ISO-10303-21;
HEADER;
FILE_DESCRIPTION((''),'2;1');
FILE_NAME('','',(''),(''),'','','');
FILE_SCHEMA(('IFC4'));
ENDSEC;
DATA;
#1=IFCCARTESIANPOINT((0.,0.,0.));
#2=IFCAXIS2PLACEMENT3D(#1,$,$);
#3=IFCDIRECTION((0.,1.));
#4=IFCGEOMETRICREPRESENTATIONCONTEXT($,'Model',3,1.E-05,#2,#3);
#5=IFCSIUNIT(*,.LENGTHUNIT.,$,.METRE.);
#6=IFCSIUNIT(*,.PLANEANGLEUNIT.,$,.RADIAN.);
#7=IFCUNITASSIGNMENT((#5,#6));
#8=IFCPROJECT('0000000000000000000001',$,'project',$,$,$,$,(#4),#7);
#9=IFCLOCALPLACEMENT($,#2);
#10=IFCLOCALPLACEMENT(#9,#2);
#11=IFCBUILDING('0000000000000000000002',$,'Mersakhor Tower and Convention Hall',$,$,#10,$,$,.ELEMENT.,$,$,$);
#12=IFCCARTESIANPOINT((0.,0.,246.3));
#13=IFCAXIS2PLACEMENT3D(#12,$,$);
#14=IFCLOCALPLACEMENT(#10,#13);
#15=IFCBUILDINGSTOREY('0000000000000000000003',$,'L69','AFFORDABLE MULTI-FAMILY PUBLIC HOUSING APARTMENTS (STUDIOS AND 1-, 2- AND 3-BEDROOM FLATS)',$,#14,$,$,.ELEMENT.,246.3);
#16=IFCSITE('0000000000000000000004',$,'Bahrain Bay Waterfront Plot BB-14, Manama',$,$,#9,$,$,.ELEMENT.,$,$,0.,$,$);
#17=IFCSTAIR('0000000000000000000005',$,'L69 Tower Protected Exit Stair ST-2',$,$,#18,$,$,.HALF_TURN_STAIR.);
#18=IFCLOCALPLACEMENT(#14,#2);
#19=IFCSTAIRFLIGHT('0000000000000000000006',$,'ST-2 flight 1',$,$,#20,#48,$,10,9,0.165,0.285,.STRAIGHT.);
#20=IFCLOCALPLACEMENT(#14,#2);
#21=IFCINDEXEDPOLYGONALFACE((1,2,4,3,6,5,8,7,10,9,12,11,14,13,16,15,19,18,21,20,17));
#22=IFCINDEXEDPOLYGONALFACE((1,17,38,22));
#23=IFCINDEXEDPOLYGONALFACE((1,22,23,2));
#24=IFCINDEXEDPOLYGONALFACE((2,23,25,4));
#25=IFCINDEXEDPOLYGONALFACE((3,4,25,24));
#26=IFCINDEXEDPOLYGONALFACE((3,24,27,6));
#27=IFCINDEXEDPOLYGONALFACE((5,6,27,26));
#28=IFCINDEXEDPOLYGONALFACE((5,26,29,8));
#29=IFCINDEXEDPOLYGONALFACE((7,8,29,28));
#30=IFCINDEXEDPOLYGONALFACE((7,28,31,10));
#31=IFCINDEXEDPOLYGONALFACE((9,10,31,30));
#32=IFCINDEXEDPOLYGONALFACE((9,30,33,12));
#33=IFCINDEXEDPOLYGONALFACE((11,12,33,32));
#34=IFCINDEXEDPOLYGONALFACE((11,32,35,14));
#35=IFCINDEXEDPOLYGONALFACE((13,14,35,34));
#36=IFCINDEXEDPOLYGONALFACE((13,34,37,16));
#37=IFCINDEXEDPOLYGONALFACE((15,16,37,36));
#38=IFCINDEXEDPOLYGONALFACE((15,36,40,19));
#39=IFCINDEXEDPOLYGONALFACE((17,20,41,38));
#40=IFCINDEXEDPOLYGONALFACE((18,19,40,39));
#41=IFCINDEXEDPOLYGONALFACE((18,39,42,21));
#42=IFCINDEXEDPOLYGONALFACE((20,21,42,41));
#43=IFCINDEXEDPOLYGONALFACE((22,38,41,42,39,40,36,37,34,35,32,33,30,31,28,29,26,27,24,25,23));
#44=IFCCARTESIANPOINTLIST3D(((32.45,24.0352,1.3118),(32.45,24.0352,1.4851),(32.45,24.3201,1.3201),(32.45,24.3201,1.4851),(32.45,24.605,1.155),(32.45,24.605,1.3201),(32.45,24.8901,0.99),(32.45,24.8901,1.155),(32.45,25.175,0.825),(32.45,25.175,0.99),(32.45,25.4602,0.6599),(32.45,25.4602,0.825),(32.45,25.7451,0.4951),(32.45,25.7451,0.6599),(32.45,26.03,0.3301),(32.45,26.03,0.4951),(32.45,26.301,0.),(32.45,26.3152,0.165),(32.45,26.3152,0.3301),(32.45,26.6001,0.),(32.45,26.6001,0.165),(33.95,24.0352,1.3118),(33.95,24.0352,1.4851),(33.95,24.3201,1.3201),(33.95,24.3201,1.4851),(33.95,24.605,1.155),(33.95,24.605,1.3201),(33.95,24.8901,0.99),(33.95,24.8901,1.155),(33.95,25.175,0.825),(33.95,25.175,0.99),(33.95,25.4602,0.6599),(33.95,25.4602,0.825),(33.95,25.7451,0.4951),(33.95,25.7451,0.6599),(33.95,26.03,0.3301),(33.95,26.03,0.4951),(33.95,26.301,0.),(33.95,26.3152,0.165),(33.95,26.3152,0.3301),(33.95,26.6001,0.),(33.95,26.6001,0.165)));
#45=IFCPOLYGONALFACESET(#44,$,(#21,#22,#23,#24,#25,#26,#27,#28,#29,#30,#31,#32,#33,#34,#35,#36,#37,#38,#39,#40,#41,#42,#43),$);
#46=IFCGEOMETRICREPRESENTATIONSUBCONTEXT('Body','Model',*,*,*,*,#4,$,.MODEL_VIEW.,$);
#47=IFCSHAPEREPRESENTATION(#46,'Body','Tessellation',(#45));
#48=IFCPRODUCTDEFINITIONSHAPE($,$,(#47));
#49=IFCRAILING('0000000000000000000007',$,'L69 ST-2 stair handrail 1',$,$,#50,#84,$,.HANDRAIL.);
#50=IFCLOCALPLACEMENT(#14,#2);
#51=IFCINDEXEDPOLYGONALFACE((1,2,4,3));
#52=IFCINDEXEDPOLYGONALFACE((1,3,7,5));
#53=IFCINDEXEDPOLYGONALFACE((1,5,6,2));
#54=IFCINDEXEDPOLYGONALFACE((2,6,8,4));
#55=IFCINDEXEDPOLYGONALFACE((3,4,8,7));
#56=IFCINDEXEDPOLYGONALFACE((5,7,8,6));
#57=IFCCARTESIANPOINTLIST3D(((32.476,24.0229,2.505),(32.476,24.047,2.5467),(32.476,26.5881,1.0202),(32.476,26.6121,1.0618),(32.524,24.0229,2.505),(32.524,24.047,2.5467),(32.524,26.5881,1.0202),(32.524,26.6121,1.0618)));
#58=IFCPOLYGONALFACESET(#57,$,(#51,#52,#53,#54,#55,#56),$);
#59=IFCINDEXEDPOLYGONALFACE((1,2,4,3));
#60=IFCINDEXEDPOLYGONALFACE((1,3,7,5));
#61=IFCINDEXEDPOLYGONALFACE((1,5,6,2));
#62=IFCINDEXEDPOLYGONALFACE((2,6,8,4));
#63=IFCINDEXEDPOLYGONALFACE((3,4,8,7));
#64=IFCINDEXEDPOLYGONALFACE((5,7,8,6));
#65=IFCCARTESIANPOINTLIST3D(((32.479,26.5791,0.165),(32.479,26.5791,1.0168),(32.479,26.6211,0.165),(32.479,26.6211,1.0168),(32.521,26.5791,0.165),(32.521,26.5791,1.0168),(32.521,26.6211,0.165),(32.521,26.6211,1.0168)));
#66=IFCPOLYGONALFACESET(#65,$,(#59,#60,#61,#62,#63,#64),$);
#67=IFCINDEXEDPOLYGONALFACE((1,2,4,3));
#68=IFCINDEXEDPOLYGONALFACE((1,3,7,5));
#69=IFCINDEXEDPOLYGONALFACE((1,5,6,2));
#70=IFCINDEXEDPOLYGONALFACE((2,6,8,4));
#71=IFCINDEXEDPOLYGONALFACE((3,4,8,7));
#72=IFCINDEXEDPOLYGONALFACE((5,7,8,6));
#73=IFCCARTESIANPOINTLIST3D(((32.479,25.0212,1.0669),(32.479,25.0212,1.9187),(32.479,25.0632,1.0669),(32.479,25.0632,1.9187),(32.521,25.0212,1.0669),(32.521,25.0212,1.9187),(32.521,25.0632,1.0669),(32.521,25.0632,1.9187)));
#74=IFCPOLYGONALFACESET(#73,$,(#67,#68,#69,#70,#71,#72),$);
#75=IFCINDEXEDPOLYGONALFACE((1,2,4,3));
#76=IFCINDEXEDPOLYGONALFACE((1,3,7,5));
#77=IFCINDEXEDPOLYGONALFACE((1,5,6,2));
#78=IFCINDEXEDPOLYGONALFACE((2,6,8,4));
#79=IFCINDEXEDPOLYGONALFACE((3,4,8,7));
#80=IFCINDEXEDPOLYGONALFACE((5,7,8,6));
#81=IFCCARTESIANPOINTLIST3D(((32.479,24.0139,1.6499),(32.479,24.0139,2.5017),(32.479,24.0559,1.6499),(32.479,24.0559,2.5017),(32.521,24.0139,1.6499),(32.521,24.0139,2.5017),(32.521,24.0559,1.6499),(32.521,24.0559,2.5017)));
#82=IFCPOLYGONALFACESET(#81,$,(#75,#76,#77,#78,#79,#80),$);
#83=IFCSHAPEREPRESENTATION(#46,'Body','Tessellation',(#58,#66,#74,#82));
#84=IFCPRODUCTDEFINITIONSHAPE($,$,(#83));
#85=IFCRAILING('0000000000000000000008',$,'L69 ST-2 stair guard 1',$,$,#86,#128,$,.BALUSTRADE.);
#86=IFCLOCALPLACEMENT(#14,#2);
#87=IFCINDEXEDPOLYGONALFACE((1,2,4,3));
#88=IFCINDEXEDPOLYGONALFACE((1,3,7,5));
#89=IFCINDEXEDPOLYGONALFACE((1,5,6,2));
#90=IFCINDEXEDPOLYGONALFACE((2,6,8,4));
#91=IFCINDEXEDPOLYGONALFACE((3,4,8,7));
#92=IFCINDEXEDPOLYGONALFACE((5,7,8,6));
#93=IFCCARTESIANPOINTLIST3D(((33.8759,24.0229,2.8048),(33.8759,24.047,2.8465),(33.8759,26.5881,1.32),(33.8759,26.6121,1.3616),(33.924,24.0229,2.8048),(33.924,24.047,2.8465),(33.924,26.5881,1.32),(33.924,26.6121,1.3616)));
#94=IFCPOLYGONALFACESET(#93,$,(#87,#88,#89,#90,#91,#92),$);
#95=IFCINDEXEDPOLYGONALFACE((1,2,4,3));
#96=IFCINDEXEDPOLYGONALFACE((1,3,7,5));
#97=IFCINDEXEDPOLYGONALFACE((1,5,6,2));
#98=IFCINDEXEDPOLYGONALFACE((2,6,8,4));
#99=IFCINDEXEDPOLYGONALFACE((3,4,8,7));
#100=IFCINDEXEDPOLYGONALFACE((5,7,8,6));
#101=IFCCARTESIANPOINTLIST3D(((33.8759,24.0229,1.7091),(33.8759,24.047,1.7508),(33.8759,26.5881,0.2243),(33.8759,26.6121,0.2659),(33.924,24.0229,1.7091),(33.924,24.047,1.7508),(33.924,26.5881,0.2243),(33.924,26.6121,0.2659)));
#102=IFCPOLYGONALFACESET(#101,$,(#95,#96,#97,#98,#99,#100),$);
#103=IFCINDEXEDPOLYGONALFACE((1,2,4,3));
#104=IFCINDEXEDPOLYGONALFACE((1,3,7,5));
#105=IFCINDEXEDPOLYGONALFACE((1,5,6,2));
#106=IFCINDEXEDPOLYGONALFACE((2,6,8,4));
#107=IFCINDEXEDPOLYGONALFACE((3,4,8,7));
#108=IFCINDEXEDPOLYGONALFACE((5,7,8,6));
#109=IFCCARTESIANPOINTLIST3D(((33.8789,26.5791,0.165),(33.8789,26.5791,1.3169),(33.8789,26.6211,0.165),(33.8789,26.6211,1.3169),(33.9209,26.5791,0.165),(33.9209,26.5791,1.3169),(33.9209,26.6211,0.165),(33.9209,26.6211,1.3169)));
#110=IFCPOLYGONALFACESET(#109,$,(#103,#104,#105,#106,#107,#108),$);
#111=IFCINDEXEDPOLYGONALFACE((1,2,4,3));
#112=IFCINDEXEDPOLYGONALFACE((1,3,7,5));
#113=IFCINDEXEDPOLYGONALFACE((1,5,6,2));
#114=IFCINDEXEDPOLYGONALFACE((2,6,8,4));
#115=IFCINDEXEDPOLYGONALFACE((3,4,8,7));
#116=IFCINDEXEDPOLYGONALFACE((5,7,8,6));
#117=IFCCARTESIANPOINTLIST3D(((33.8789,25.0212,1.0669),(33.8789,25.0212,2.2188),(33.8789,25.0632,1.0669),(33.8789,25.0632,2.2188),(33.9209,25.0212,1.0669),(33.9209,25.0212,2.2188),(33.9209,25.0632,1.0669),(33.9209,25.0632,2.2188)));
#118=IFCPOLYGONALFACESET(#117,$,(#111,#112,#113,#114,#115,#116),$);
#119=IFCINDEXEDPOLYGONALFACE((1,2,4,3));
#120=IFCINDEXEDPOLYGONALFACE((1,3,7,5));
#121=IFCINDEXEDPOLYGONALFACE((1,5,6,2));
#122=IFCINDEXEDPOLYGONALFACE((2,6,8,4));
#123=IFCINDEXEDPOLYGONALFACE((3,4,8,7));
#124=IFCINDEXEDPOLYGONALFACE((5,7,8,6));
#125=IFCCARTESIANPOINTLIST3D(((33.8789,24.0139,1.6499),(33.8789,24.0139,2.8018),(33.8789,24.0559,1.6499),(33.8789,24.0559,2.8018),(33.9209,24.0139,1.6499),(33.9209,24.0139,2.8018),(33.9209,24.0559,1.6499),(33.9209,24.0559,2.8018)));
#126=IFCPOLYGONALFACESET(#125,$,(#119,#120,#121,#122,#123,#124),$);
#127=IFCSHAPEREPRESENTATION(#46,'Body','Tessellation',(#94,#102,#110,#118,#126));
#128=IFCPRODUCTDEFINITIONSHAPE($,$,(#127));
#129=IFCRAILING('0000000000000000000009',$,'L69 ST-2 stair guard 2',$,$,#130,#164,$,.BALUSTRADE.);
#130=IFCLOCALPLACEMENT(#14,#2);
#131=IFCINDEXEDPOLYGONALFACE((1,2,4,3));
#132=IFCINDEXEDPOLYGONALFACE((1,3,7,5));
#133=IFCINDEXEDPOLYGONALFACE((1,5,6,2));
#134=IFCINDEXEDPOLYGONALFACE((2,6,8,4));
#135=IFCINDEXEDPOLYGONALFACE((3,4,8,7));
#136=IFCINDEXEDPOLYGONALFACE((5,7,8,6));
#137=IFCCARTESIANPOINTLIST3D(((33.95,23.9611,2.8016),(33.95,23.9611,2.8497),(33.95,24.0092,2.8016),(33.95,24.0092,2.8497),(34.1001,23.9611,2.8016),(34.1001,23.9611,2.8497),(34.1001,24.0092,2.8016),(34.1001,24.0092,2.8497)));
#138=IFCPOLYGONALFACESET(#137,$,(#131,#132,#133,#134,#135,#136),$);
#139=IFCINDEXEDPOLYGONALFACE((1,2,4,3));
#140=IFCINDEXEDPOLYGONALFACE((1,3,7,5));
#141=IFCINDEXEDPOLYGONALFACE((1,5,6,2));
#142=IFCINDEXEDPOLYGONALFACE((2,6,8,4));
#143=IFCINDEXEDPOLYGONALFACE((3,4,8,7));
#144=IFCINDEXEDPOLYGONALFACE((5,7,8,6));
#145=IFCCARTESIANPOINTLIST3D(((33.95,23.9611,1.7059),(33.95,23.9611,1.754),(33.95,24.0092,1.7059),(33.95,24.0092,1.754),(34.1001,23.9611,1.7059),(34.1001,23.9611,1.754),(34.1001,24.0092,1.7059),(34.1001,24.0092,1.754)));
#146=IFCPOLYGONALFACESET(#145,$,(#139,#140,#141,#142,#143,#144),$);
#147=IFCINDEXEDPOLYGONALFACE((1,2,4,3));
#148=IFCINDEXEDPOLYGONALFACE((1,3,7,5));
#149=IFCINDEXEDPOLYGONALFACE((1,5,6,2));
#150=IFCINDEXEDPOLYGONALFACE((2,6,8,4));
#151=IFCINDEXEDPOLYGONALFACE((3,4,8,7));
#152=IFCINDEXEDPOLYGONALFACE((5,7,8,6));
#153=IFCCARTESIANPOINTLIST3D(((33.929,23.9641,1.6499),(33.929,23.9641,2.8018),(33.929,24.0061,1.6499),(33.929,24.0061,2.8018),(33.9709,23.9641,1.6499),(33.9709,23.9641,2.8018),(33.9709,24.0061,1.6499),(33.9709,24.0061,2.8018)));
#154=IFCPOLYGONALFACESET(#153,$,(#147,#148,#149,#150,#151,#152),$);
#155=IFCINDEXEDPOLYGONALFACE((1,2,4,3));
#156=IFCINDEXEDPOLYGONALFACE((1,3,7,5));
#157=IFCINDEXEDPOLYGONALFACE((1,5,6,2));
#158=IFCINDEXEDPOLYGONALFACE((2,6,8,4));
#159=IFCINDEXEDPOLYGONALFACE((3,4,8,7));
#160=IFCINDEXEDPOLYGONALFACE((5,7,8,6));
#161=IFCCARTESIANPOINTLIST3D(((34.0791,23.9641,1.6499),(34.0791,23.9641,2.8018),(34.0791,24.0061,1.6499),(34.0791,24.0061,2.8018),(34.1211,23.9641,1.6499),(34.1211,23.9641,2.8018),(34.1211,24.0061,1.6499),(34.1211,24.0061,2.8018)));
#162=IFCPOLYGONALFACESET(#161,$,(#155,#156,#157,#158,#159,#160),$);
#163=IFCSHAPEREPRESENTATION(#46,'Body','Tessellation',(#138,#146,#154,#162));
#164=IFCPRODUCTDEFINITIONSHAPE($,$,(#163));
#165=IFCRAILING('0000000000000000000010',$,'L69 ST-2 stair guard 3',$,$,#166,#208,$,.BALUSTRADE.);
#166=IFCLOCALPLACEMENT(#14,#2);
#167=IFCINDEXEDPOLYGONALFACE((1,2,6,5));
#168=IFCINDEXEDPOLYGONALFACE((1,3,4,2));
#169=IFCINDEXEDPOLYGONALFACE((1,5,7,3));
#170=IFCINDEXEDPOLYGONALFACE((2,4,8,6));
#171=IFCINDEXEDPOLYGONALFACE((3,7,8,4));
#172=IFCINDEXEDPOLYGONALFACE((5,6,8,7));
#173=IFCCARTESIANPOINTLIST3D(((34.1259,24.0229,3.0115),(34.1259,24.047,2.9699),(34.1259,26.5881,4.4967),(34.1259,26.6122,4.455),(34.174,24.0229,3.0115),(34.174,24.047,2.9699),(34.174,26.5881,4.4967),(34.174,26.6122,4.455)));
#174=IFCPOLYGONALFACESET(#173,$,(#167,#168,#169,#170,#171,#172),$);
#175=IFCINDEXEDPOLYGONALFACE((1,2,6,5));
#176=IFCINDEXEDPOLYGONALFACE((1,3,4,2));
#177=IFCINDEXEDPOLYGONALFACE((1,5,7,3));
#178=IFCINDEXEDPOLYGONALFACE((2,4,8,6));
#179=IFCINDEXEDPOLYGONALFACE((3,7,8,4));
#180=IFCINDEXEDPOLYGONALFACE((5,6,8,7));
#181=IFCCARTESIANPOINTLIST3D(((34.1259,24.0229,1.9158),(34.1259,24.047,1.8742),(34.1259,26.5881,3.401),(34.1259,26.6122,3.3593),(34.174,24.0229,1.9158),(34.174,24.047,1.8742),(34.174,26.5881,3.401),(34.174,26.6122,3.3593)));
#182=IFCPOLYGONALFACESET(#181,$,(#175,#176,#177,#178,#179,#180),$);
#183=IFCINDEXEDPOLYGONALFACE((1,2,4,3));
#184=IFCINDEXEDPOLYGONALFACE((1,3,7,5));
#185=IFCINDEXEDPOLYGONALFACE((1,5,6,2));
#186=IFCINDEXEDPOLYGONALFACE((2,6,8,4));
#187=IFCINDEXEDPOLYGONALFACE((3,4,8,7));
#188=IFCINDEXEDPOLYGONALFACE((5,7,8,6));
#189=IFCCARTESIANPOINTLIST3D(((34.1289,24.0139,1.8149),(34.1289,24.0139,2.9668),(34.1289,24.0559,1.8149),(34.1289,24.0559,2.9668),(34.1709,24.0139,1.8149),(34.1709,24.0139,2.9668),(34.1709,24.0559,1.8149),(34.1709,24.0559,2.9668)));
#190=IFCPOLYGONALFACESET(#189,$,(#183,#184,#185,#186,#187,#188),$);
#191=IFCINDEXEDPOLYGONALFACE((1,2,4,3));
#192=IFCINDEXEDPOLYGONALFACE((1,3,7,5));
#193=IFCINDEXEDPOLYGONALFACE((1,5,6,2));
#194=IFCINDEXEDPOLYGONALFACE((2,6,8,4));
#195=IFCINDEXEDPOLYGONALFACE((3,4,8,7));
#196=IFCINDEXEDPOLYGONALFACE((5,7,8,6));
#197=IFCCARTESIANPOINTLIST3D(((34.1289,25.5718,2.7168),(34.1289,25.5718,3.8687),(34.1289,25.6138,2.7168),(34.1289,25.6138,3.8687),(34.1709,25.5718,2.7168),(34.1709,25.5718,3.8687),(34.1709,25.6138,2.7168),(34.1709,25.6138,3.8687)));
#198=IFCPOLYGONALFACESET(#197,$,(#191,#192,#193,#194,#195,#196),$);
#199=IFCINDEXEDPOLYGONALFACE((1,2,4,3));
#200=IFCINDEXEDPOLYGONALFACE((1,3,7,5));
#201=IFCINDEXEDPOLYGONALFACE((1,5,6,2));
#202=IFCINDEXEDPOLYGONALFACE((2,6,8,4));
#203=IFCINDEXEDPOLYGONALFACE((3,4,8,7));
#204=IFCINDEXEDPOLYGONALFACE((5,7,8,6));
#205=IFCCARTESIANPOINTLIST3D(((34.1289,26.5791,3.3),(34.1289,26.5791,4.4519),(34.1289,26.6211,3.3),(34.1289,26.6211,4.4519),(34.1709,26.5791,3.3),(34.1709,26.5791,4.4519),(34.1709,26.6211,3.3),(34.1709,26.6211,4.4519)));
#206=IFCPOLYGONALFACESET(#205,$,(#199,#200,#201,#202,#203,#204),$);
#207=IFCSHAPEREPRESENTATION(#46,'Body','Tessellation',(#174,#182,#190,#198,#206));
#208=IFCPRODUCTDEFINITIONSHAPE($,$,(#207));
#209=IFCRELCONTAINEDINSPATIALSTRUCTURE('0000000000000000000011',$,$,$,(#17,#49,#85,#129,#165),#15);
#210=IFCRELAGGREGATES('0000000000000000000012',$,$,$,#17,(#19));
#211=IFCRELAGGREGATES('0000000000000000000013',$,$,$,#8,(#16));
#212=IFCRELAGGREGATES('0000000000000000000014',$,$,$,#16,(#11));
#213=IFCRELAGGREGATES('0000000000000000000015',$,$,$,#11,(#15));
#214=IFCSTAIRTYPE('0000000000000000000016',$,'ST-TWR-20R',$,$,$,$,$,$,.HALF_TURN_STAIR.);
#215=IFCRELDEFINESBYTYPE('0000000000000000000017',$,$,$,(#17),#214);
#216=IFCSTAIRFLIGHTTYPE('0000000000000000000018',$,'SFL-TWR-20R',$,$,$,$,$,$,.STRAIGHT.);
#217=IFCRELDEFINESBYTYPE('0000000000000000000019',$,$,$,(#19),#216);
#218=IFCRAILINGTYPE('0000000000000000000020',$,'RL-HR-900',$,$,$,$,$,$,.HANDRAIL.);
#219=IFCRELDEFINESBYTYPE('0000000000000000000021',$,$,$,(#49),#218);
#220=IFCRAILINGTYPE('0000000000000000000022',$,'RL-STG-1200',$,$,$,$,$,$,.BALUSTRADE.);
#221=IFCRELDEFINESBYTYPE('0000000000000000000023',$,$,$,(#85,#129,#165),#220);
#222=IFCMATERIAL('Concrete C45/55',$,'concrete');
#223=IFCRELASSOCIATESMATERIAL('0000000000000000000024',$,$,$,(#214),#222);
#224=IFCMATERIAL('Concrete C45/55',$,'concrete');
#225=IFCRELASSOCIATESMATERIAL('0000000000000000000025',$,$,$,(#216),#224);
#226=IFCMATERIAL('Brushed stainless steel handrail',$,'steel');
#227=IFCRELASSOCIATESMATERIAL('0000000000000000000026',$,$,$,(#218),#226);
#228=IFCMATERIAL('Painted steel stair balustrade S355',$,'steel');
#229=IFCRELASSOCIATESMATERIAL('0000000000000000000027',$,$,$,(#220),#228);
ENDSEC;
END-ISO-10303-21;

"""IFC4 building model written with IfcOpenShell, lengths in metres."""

from ifc_helpers import new_model, si_unit, direction, frame, origin, origin_2d, place, context, subcontext, project, spatial, polyline, rectangle, outline, extrude, material, type_object, element, aggregate, save


model = new_model("IFC4")

# Units and contexts
model_context = context("Model", 3, precision=1e-05, world=origin(), true_north=direction((0.0, 1.0)))
body_context = subcontext(model_context, "Body", "Model", "MODEL_VIEW")
ifc_project = project(units=[si_unit("LENGTHUNIT", "METRE"), si_unit("PLANEANGLEUNIT", "RADIAN")], contexts=[model_context])

# Site, building, storey
site_placement = place(None, origin())
site = spatial("IfcSite", under=ifc_project, at=site_placement, Name="Bahrain Bay Waterfront Plot BB-14, Manama", CompositionType="ELEMENT", RefElevation=0.0)
building_placement = place(site_placement, origin())
building = spatial("IfcBuilding", under=site, at=building_placement, Name="Mersakhor Tower and Convention Hall", CompositionType="ELEMENT")
storey_placement = place(building_placement, frame((0.0, 0.0, 246.3)))
storey = spatial("IfcBuildingStorey", under=building, at=storey_placement, Name="L69", Description="AFFORDABLE MULTI-FAMILY PUBLIC HOUSING APARTMENTS (STUDIOS AND 1-, 2- AND 3-BEDROOM FLATS)", CompositionType="ELEMENT", Elevation=246.3)

# Stair, stair flight
ifc_material_1 = material(Name="Concrete C45/55", Category="concrete")
stair_type = type_object("IfcStairType", Name="ST-TWR-20R", PredefinedType="HALF_TURN_STAIR", material=ifc_material_1)
stair_placement = place(storey_placement, origin())
stair = element("IfcStair", 1, at=stair_placement, inside=storey, type_object=stair_type, Name="L69 Tower Protected Exit Stair ST-2", PredefinedType="HALF_TURN_STAIR")
ifc_material_2 = material(Name="Concrete C45/55", Category="concrete")
stair_flight_type = type_object("IfcStairFlightType", Name="SFL-TWR-20R", PredefinedType="STRAIGHT", material=ifc_material_2)
stair_flight_placement = place(storey_placement, frame((33.2, 26.6001, 0.0), z_axis=(0.0, 0.0, 1.0), x_axis=(0.0, -1.0, 0.0)))
stair_flight = element("IfcStairFlight", 2, at=stair_flight_placement, type_object=stair_flight_type, Name="ST-2 flight 1", NumberOfRisers=10, NumberOfTreads=9, PredefinedType="STRAIGHT", RiserHeight=0.165, TreadLength=0.285, context=body_context, shape_type="SweptSolid", body=[
    extrude(outline(polyline([(0.0, 0.0), (0.0, 0.165), (0.2849, 0.165), (0.2849, 0.3301), (0.5701, 0.3301), (0.5701, 0.4951), (0.855, 0.4951), (0.855, 0.6599), (1.1399, 0.6599), (1.1399, 0.825), (1.425, 0.825), (1.425, 0.99), (1.71, 0.99), (1.71, 1.155), (1.9951, 1.155), (1.9951, 1.3201), (2.28, 1.3201), (2.28, 1.4851), (2.5649, 1.4851), (2.5649, 1.6499), (2.5649, 1.3118), (0.2991, 0.0), (0.0, 0.0)])), frame((0.0, 0.75, 0.0), z_axis=(0.0, -1.0, 0.0), x_axis=(1.0, 0.0, 0.0)), (0.0, 0.0, 1.0), 1.5),
])
aggregate(stair, [stair_flight])

# Railings
ifc_material_3 = material(Name="Brushed stainless steel handrail", Category="steel")
railing_type_1 = type_object("IfcRailingType", Name="RL-HR-900", PredefinedType="HANDRAIL", material=ifc_material_3)
railing_1_placement = place(storey_placement, frame((32.5, 26.6001, 0.165)))
element("IfcRailing", 3, at=railing_1_placement, inside=storey, type_object=railing_type_1, Name="L69 ST-2 stair handrail 1", PredefinedType="HANDRAIL", context=body_context, shape_type="SweptSolid", body=[
    extrude(rectangle(XDim=0.0481, YDim=0.0481, at=origin_2d()), frame((0.0, 0.0, 0.876), z_axis=(0.0, -0.865462, 0.500975), x_axis=(1.0, 0.0, 0.0)), (0.0, 0.0, 1.0), 2.9639),
    extrude(rectangle(XDim=0.042, YDim=0.042, at=origin_2d()), origin(), (0.0, 0.0, 1.0), 0.8518),
    extrude(rectangle(XDim=0.042, YDim=0.042, at=origin_2d()), frame((0.0, -1.5579, 0.9019)), (0.0, 0.0, 1.0), 0.8518),
    extrude(rectangle(XDim=0.042, YDim=0.042, at=origin_2d()), frame((0.0, -2.5652, 1.4849)), (0.0, 0.0, 1.0), 0.8518),
])
ifc_material_4 = material(Name="Painted steel stair balustrade S355", Category="steel")
railing_type_2 = type_object("IfcRailingType", Name="RL-STG-1200", PredefinedType="BALUSTRADE", material=ifc_material_4)
railing_2_placement = place(storey_placement, frame((33.8999, 26.6001, 0.165)))
element("IfcRailing", 4, at=railing_2_placement, inside=storey, type_object=railing_type_2, Name="L69 ST-2 stair guard 1", PredefinedType="BALUSTRADE", context=body_context, shape_type="SweptSolid", body=[
    extrude(rectangle(XDim=0.0481, YDim=0.0481, at=origin_2d()), frame((0.0, 0.0, 1.1758), z_axis=(0.0, -0.865462, 0.500975), x_axis=(1.0, 0.0, 0.0)), (0.0, 0.0, 1.0), 2.9639),
    extrude(rectangle(XDim=0.0481, YDim=0.0481, at=origin_2d()), frame((0.0, 0.0, 0.0801), z_axis=(0.0, -0.865462, 0.500975), x_axis=(1.0, 0.0, 0.0)), (0.0, 0.0, 1.0), 2.9639),
    extrude(rectangle(XDim=0.042, YDim=0.042, at=origin_2d()), origin(), (0.0, 0.0, 1.0), 1.1519),
    extrude(rectangle(XDim=0.042, YDim=0.042, at=origin_2d()), frame((0.0, -1.5579, 0.9019)), (0.0, 0.0, 1.0), 1.1519),
    extrude(rectangle(XDim=0.042, YDim=0.042, at=origin_2d()), frame((0.0, -2.5652, 1.4849)), (0.0, 0.0, 1.0), 1.1519),
])
railing_3_placement = place(storey_placement, frame((33.95, 23.9851, 1.6499)))
element("IfcRailing", 5, at=railing_3_placement, inside=storey, type_object=railing_type_2, Name="L69 ST-2 stair guard 2", PredefinedType="BALUSTRADE", context=body_context, shape_type="SweptSolid", body=[
    extrude(rectangle(XDim=0.0481, YDim=0.0481, at=origin_2d()), frame((0.0, 0.0, 1.1758), z_axis=(1.0, 0.0, 0.0), x_axis=(0.0, 1.0, 0.0)), (0.0, 0.0, 1.0), 0.1501),
    extrude(rectangle(XDim=0.0481, YDim=0.0481, at=origin_2d()), frame((0.0, 0.0, 0.0801), z_axis=(1.0, 0.0, 0.0), x_axis=(0.0, 1.0, 0.0)), (0.0, 0.0, 1.0), 0.1501),
    extrude(rectangle(XDim=0.042, YDim=0.042, at=origin_2d()), origin(), (0.0, 0.0, 1.0), 1.1519),
    extrude(rectangle(XDim=0.042, YDim=0.042, at=origin_2d()), frame((0.1501, 0.0, 0.0)), (0.0, 0.0, 1.0), 1.1519),
])
railing_4_placement = place(storey_placement, frame((34.1499, 24.0349, 1.8149)))
element("IfcRailing", 6, at=railing_4_placement, inside=storey, type_object=railing_type_2, Name="L69 ST-2 stair guard 3", PredefinedType="BALUSTRADE", context=body_context, shape_type="SweptSolid", body=[
    extrude(rectangle(XDim=0.0481, YDim=0.0481, at=origin_2d()), frame((0.0, 0.0, 1.1758), z_axis=(0.0, 0.865426, 0.501036), x_axis=(-1.0, 0.0, 0.0)), (0.0, 0.0, 1.0), 2.9641),
    extrude(rectangle(XDim=0.0481, YDim=0.0481, at=origin_2d()), frame((0.0, 0.0, 0.0801), z_axis=(0.0, 0.865426, 0.501036), x_axis=(-1.0, 0.0, 0.0)), (0.0, 0.0, 1.0), 2.9641),
    extrude(rectangle(XDim=0.042, YDim=0.042, at=origin_2d()), origin(), (0.0, 0.0, 1.0), 1.1519),
    extrude(rectangle(XDim=0.042, YDim=0.042, at=origin_2d()), frame((0.0, 1.5579, 0.9019)), (0.0, 0.0, 1.0), 1.1519),
    extrude(rectangle(XDim=0.042, YDim=0.042, at=origin_2d()), frame((0.0, 2.5652, 1.4851)), (0.0, 0.0, 1.0), 1.1519),
])

save(model, "model.ifc")
